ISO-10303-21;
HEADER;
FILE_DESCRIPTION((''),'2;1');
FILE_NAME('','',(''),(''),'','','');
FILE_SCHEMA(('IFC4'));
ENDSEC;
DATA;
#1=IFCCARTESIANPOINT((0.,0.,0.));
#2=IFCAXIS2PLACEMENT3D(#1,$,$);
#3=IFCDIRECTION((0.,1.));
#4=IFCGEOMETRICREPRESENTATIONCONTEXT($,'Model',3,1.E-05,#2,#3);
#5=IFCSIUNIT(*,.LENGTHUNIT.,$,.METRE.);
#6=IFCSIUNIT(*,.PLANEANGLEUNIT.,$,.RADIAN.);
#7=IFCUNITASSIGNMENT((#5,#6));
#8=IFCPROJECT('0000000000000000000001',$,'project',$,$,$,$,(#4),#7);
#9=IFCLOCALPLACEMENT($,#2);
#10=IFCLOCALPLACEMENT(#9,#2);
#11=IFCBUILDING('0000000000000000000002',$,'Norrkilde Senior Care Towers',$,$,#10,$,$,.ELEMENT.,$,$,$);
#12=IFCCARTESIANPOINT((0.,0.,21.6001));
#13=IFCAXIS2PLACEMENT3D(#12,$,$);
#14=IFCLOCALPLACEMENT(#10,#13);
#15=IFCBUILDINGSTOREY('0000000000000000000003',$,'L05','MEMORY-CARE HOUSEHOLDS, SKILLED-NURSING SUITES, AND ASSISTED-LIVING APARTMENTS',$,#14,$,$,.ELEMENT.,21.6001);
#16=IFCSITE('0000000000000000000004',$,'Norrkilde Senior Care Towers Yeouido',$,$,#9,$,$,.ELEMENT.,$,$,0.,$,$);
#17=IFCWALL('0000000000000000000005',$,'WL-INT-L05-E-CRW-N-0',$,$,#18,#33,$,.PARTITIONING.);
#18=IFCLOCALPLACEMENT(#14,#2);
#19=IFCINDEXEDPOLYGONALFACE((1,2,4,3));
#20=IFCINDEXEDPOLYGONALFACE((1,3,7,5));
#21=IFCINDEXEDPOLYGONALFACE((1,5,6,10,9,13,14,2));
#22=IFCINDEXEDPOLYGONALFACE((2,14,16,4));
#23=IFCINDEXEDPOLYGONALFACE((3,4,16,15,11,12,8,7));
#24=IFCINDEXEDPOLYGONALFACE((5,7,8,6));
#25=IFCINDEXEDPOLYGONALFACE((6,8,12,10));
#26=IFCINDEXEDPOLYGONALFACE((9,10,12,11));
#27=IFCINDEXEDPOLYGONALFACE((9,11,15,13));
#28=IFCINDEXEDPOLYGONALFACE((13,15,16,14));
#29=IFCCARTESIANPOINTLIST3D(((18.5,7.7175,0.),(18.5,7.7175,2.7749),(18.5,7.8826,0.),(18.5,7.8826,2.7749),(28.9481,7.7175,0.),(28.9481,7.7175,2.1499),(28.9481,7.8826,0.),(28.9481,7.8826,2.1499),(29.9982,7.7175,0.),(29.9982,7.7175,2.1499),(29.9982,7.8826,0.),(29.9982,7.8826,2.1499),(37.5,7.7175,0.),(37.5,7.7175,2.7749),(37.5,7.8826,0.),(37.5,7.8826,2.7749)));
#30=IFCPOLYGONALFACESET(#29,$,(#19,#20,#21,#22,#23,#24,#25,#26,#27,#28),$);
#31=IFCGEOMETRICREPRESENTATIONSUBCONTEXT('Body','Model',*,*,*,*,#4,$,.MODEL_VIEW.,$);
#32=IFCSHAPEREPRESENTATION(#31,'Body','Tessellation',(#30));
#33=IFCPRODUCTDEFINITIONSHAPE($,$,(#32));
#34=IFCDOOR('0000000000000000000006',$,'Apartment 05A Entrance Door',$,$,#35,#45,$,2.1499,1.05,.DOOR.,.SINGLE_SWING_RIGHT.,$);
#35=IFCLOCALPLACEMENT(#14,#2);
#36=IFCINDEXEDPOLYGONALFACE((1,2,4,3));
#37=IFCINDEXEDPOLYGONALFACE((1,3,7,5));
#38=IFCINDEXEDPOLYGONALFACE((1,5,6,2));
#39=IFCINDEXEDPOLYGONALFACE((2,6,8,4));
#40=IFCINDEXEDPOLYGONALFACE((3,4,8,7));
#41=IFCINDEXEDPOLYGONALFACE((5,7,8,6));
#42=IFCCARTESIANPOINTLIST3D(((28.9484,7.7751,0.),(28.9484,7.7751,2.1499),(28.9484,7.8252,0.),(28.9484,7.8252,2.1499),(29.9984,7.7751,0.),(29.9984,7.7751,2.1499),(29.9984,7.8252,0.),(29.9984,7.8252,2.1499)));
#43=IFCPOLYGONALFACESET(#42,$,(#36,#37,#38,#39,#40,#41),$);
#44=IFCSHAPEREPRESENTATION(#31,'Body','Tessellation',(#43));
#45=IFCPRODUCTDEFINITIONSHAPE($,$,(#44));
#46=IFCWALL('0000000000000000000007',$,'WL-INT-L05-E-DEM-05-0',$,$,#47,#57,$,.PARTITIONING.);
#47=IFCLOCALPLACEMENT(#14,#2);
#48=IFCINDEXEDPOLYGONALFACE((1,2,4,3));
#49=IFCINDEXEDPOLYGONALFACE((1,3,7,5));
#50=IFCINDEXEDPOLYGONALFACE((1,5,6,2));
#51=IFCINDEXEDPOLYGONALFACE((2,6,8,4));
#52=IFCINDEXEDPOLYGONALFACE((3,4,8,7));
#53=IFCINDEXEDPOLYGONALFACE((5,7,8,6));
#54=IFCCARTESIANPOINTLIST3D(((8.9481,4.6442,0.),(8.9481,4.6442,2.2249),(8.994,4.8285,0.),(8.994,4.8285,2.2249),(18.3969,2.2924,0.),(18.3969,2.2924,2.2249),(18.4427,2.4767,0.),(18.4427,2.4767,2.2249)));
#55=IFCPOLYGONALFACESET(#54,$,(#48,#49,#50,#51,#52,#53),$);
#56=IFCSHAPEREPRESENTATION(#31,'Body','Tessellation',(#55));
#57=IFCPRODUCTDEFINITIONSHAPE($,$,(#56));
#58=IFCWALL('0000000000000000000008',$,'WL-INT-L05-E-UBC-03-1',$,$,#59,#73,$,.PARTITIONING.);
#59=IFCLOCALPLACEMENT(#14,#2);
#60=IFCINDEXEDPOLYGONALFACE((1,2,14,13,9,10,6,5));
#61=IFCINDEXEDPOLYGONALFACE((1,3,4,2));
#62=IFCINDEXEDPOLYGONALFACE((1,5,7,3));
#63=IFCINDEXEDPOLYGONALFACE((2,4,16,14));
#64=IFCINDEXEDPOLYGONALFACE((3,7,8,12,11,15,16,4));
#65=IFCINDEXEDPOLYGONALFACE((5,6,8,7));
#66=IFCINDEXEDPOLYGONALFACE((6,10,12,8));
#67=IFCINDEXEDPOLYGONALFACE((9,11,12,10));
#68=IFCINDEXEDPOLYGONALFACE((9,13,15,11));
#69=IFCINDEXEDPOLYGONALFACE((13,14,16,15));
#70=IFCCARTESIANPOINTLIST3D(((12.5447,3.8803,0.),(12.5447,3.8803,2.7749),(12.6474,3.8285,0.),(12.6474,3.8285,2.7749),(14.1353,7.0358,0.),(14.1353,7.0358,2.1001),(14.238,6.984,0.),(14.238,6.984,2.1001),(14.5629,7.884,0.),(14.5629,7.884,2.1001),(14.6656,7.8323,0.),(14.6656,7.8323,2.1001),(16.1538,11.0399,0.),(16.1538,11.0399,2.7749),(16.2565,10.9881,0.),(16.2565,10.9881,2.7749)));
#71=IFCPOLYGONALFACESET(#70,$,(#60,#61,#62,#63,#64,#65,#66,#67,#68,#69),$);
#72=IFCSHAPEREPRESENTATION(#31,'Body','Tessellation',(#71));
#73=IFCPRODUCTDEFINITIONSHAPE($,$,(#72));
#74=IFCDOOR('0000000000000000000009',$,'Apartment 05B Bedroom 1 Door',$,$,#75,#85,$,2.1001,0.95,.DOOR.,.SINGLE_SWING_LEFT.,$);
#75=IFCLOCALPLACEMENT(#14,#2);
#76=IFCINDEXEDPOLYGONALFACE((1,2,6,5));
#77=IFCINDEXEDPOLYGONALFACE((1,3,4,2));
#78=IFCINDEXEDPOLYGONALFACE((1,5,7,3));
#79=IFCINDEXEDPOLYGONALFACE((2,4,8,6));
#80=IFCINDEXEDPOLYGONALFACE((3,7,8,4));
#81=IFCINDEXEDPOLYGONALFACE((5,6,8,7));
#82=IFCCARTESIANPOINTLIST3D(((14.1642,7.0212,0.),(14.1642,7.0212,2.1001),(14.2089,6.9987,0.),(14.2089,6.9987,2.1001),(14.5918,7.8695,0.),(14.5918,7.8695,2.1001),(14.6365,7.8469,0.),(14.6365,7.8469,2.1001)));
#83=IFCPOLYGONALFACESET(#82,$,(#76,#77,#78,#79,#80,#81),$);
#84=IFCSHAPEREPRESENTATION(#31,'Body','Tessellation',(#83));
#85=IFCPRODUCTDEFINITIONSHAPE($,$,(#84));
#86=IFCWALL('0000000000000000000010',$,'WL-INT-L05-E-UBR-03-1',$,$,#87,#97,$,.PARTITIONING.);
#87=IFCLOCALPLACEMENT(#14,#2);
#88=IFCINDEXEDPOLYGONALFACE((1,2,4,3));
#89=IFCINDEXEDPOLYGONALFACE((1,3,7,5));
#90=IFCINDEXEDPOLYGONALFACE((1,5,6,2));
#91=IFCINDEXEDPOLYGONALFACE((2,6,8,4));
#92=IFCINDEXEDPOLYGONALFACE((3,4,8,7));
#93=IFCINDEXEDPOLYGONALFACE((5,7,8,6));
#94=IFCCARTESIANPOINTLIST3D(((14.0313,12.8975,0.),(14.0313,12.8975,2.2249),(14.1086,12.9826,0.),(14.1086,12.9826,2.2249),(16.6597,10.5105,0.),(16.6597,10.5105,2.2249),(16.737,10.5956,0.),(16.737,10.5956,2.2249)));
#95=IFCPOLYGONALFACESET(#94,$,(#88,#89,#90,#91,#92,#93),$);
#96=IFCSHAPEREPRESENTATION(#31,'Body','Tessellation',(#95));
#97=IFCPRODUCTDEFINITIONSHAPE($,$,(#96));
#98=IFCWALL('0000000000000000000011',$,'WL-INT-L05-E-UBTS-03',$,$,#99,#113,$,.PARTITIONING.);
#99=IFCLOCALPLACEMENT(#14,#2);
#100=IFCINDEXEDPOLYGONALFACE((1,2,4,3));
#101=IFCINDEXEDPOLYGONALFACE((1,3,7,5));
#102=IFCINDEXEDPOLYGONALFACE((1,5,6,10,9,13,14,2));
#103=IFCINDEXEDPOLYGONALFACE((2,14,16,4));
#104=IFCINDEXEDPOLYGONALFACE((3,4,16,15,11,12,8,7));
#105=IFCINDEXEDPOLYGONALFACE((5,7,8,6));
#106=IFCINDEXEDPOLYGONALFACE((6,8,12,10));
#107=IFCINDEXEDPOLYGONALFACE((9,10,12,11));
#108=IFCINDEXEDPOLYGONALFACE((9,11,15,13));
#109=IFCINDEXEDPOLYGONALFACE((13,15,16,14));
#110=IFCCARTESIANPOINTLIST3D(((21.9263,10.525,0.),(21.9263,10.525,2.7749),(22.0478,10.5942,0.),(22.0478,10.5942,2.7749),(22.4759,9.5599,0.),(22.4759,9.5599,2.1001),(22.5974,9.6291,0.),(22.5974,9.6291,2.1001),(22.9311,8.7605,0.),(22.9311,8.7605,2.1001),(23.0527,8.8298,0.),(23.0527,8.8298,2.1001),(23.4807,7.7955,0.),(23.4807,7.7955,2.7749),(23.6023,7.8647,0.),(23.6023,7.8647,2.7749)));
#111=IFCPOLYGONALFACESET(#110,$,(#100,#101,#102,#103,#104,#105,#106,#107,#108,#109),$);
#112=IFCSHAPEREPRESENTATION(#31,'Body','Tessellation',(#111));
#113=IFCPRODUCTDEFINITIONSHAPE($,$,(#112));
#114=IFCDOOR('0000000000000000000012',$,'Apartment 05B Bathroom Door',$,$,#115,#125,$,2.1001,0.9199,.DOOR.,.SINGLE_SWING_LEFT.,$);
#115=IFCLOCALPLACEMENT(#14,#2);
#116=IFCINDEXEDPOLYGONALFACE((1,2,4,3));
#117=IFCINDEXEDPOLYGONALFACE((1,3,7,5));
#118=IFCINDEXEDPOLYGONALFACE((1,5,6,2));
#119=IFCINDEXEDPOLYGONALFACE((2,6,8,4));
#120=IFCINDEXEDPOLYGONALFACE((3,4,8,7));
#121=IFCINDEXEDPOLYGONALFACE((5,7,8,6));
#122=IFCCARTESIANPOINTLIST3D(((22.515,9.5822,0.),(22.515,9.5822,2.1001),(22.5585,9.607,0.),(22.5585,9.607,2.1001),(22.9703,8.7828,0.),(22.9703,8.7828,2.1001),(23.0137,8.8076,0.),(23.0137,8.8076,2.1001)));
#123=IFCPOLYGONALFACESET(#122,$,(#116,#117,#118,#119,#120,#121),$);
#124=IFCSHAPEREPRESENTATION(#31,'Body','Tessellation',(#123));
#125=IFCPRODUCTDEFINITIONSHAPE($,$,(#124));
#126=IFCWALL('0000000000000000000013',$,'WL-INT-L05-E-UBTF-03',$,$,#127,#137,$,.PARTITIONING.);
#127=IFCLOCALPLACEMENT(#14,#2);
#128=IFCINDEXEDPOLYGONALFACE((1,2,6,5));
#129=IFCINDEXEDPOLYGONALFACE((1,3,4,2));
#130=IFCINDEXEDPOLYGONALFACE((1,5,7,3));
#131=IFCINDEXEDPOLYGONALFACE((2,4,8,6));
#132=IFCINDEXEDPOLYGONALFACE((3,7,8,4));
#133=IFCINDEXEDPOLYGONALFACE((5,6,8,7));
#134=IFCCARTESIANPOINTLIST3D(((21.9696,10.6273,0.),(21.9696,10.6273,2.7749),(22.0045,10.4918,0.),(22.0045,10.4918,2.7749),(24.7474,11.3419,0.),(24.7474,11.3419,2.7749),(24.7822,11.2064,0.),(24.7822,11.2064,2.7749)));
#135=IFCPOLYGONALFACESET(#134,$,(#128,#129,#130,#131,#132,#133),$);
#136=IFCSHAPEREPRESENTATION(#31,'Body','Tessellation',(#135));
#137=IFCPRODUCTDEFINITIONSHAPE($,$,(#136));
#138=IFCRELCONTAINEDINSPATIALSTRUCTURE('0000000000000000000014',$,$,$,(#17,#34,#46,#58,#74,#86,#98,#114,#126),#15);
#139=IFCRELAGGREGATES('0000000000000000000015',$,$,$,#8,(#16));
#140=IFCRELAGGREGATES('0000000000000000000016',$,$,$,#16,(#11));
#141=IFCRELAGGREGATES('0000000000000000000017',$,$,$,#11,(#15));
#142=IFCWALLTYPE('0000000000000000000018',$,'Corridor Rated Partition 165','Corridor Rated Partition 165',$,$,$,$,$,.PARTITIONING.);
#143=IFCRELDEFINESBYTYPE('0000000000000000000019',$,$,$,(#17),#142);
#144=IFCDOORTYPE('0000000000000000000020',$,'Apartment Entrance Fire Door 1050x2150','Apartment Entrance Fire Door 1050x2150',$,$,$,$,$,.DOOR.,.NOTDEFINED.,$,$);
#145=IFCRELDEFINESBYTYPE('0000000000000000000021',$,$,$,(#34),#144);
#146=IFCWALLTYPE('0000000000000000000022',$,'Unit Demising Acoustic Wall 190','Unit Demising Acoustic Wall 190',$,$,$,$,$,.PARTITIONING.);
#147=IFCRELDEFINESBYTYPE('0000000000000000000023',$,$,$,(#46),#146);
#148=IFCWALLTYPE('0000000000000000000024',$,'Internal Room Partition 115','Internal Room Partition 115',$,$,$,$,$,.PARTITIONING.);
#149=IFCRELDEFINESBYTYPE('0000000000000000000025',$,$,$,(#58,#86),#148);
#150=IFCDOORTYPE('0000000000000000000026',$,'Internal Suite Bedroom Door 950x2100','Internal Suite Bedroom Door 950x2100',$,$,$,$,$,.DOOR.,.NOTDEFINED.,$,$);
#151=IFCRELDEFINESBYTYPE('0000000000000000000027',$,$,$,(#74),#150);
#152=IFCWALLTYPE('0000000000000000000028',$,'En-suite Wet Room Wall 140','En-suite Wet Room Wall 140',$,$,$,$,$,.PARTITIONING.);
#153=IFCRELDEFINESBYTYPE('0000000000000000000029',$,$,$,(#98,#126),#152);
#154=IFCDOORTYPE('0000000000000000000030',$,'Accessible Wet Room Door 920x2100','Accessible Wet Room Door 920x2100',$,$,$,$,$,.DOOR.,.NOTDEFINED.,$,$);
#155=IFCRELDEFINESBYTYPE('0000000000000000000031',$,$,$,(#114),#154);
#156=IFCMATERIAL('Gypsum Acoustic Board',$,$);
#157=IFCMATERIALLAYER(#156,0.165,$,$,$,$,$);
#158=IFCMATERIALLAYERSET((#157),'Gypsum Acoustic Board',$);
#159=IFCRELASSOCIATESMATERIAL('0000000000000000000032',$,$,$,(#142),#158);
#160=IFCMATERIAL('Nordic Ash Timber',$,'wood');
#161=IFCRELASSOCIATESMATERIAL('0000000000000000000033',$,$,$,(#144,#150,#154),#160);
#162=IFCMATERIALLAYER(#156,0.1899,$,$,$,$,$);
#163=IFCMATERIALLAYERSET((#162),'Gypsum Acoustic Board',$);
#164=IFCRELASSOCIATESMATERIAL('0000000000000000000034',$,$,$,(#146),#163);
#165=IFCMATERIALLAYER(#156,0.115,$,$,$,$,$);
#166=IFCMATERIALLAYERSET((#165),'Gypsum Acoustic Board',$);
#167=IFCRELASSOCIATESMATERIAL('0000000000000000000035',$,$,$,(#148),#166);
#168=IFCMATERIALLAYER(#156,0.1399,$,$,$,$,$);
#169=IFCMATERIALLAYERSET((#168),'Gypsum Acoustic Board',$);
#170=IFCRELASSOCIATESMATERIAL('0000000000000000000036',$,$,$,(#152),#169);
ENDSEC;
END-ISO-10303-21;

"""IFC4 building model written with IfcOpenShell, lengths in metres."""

from ifc_helpers import new_model, si_unit, direction, frame, frame_2d, origin, place, context, subcontext, project, spatial, rectangle, extrude, source, transform, mapped, material, layer, layer_set, type_object, type_shapes, element, fill, save


model = new_model("IFC4")

# Units and contexts
model_context = context("Model", 3, precision=1e-05, world=origin(), true_north=direction((0.0, 1.0)))
body_context = subcontext(model_context, "Body", "Model", "MODEL_VIEW")
ifc_project = project(units=[si_unit("LENGTHUNIT", "METRE"), si_unit("PLANEANGLEUNIT", "RADIAN")], contexts=[model_context])

# Site, building, storey
site_placement = place(None, origin())
site = spatial("IfcSite", under=ifc_project, at=site_placement, Name="Norrkilde Senior Care Towers Yeouido", CompositionType="ELEMENT", RefElevation=0.0)
building_placement = place(site_placement, origin())
building = spatial("IfcBuilding", under=site, at=building_placement, Name="Norrkilde Senior Care Towers", CompositionType="ELEMENT")
storey_placement = place(building_placement, frame((0.0, 0.0, 21.6001)))
storey = spatial("IfcBuildingStorey", under=building, at=storey_placement, Name="L05", Description="MEMORY-CARE HOUSEHOLDS, SKILLED-NURSING SUITES, AND ASSISTED-LIVING APARTMENTS", CompositionType="ELEMENT", Elevation=21.6001)

# Wall, opening, door
ifc_material_1 = material(Name="Gypsum Acoustic Board")
ifc_layer_1 = layer(ifc_material_1, 0.165)
ifc_layer_set_1 = layer_set([ifc_layer_1], Name="Gypsum Acoustic Board")
wall_type_1 = type_object("IfcWallType", Name="Corridor Rated Partition 165", Description="Corridor Rated Partition 165", PredefinedType="PARTITIONING", material=ifc_layer_set_1)
shared_shape_1 = source(origin(), body_context, "Body", "SweptSolid", [
    extrude(rectangle(XDim=19.0, YDim=0.165, at=frame_2d((9.5, 0.0))), origin(), (0.0, 0.0, 1.0), 2.7749),
])
type_shapes(wall_type_1, [shared_shape_1])
wall_1_placement = place(storey_placement, frame((18.5, 7.8, 0.0), z_axis=(0.0, 0.0, 1.0), x_axis=(1.0, 0.0, 0.0)))
wall_1 = element("IfcWall", 1, at=wall_1_placement, inside=storey, type_object=wall_type_1, Name="WL-INT-L05-E-CRW-N-0", PredefinedType="PARTITIONING", context=body_context, shape_type="MappedRepresentation", body=[
    mapped(shared_shape_1, transform((0.0, 0.0, 0.0), x_axis=(1.0, 0.0, 0.0), y_axis=(0.0, 1.0, 0.0), z_axis=(0.0, 0.0, 1.0), scale=1.0)),
])
opening_1_placement = place(wall_1_placement, frame((10.4482, 0.0, 0.0)))
opening_1 = element("IfcOpeningElement", 2, at=opening_1_placement, cuts=wall_1, PredefinedType="OPENING", context=body_context, shape_type="SweptSolid", body=[
    extrude(rectangle(XDim=1.05, YDim=2.1499, at=frame_2d((0.5249, 1.075))), frame((0.0, 0.0925, 0.0), z_axis=(0.0, -1.0, 0.0), x_axis=(1.0, 0.0, 0.0)), (0.0, 0.0, 1.0), 0.1851),
])
ifc_material_2 = material(Name="Nordic Ash Timber", Category="wood")
door_type_1 = type_object("IfcDoorType", Name="Apartment Entrance Fire Door 1050x2150", Description="Apartment Entrance Fire Door 1050x2150", OperationType="NOTDEFINED", PredefinedType="DOOR", material=ifc_material_2)
shared_shape_2 = source(origin(), body_context, "Body", "SweptSolid", [
    extrude(rectangle(XDim=1.05, YDim=2.1499, at=frame_2d((0.5249, 1.075))), frame((0.0, 0.0249, 0.0), z_axis=(0.0, -1.0, 0.0), x_axis=(1.0, 0.0, 0.0)), (0.0, 0.0, 1.0), 0.05),
])
type_shapes(door_type_1, [shared_shape_2])
door_1_placement = place(opening_1_placement, frame((1.05, 0.0, 0.0), z_axis=(0.0, 0.0, 1.0), x_axis=(-1.0, 0.0, 0.0)))
door_1 = element("IfcDoor", 3, at=door_1_placement, inside=storey, type_object=door_type_1, Name="Apartment 05A Entrance Door", OperationType="SINGLE_SWING_RIGHT", OverallHeight=2.1499, OverallWidth=1.05, PredefinedType="DOOR", context=body_context, shape_type="MappedRepresentation", body=[
    mapped(shared_shape_2, transform((0.0, 0.0, 0.0), x_axis=(1.0, 0.0, 0.0), y_axis=(0.0, 1.0, 0.0), z_axis=(0.0, 0.0, 1.0), scale=1.0)),
])
fill(opening_1, door_1)

# Wall
ifc_layer_2 = layer(ifc_material_1, 0.1899)
ifc_layer_set_2 = layer_set([ifc_layer_2], Name="Gypsum Acoustic Board")
wall_type_2 = type_object("IfcWallType", Name="Unit Demising Acoustic Wall 190", Description="Unit Demising Acoustic Wall 190", PredefinedType="PARTITIONING", material=ifc_layer_set_2)
shared_shape_3 = source(origin(), body_context, "Body", "SweptSolid", [
    extrude(rectangle(XDim=9.7371, YDim=0.1899, at=frame_2d((4.8687, 0.0))), origin(), (0.0, 0.0, 1.0), 2.2249),
])
type_shapes(wall_type_2, [shared_shape_3])
wall_2_placement = place(storey_placement, frame((18.4199, 2.3845, 0.0), z_axis=(0.0, 0.0, 1.0), x_axis=(-0.970393, 0.241533, 0.0)))
element("IfcWall", 4, at=wall_2_placement, inside=storey, type_object=wall_type_2, Name="WL-INT-L05-E-DEM-05-0", PredefinedType="PARTITIONING", context=body_context, shape_type="MappedRepresentation", body=[
    mapped(shared_shape_3, transform((0.0, 0.0, 0.0), x_axis=(1.0, 0.0, 0.0), y_axis=(0.0, 1.0, 0.0), z_axis=(0.0, 0.0, 1.0), scale=1.0)),
])

# Wall, opening, door
ifc_layer_3 = layer(ifc_material_1, 0.115)
ifc_layer_set_3 = layer_set([ifc_layer_3], Name="Gypsum Acoustic Board")
wall_type_3 = type_object("IfcWallType", Name="Internal Room Partition 115", Description="Internal Room Partition 115", PredefinedType="PARTITIONING", material=ifc_layer_set_3)
shared_shape_4 = source(origin(), body_context, "Body", "SweptSolid", [
    extrude(rectangle(XDim=8.0178, YDim=0.115, at=frame_2d((4.0088, 0.0))), origin(), (0.0, 0.0, 1.0), 2.7749),
])
wall_3_placement = place(storey_placement, frame((16.2051, 11.0139, 0.0), z_axis=(0.0, 0.0, 1.0), x_axis=(-0.450134, -0.892961, 0.0)))
wall_3 = element("IfcWall", 5, at=wall_3_placement, inside=storey, type_object=wall_type_3, Name="WL-INT-L05-E-UBC-03-1", PredefinedType="PARTITIONING", context=body_context, shape_type="MappedRepresentation", body=[
    mapped(shared_shape_4, transform((0.0, 0.0, 0.0), x_axis=(1.0, 0.0, 0.0), y_axis=(0.0, 1.0, 0.0), z_axis=(0.0, 0.0, 1.0), scale=1.0)),
])
opening_2_placement = place(wall_3_placement, frame((3.5339, 0.0, 0.0)))
opening_2 = element("IfcOpeningElement", 6, at=opening_2_placement, cuts=wall_3, PredefinedType="OPENING", context=body_context, shape_type="SweptSolid", body=[
    extrude(rectangle(XDim=0.95, YDim=2.1001, at=frame_2d((0.4751, 1.05))), frame((0.0, 0.0674, 0.0), z_axis=(0.0, -1.0, 0.0), x_axis=(1.0, 0.0, 0.0)), (0.0, 0.0, 1.0), 0.135),
])
door_type_2 = type_object("IfcDoorType", Name="Internal Suite Bedroom Door 950x2100", Description="Internal Suite Bedroom Door 950x2100", OperationType="NOTDEFINED", PredefinedType="DOOR", material=ifc_material_2)
shared_shape_5 = source(origin(), body_context, "Body", "SweptSolid", [
    extrude(rectangle(XDim=0.95, YDim=2.1001, at=frame_2d((0.4751, 1.05))), frame((0.0, 0.0249, 0.0), z_axis=(0.0, -1.0, 0.0), x_axis=(1.0, 0.0, 0.0)), (0.0, 0.0, 1.0), 0.05),
])
type_shapes(door_type_2, [shared_shape_5])
door_2_placement = place(opening_2_placement, origin())
door_2 = element("IfcDoor", 7, at=door_2_placement, inside=storey, type_object=door_type_2, Name="Apartment 05B Bedroom 1 Door", OperationType="SINGLE_SWING_LEFT", OverallHeight=2.1001, OverallWidth=0.95, PredefinedType="DOOR", context=body_context, shape_type="MappedRepresentation", body=[
    mapped(shared_shape_5, transform((0.0, 0.0, 0.0), x_axis=(1.0, 0.0, 0.0), y_axis=(0.0, 1.0, 0.0), z_axis=(0.0, 0.0, 1.0), scale=1.0)),
])
fill(opening_2, door_2)

# Wall
shared_shape_6 = source(origin(), body_context, "Body", "SweptSolid", [
    extrude(rectangle(XDim=3.5505, YDim=0.115, at=frame_2d((1.7754, 0.0))), origin(), (0.0, 0.0, 1.0), 2.2249),
])
type_shapes(wall_type_3, [shared_shape_4, shared_shape_6])
wall_4_placement = place(storey_placement, frame((16.6985, 10.553, 0.0), z_axis=(0.0, 0.0, 1.0), x_axis=(-0.740292, 0.672286, 0.0)))
element("IfcWall", 8, at=wall_4_placement, inside=storey, type_object=wall_type_3, Name="WL-INT-L05-E-UBR-03-1", PredefinedType="PARTITIONING", context=body_context, shape_type="MappedRepresentation", body=[
    mapped(shared_shape_6, transform((0.0, 0.0, 0.0), x_axis=(1.0, 0.0, 0.0), y_axis=(0.0, 1.0, 0.0), z_axis=(0.0, 0.0, 1.0), scale=1.0)),
])

# Wall, opening, door
ifc_layer_4 = layer(ifc_material_1, 0.1399)
ifc_layer_set_4 = layer_set([ifc_layer_4], Name="Gypsum Acoustic Board")
wall_type_4 = type_object("IfcWallType", Name="En-suite Wet Room Wall 140", Description="En-suite Wet Room Wall 140", PredefinedType="PARTITIONING", material=ifc_layer_set_4)
shared_shape_7 = source(origin(), body_context, "Body", "SweptSolid", [
    extrude(rectangle(XDim=3.1411, YDim=0.1399, at=frame_2d((1.5706, 0.0))), origin(), (0.0, 0.0, 1.0), 2.7749),
])
wall_5_placement = place(storey_placement, frame((23.5415, 7.8301, 0.0), z_axis=(0.0, 0.0, 1.0), x_axis=(-0.494874, 0.868964, 0.0)))
wall_5 = element("IfcWall", 9, at=wall_5_placement, inside=storey, type_object=wall_type_4, Name="WL-INT-L05-E-UBTS-03", PredefinedType="PARTITIONING", context=body_context, shape_type="MappedRepresentation", body=[
    mapped(shared_shape_7, transform((0.0, 0.0, 0.0), x_axis=(1.0, 0.0, 0.0), y_axis=(0.0, 1.0, 0.0), z_axis=(0.0, 0.0, 1.0), scale=1.0)),
])
opening_3_placement = place(wall_5_placement, frame((1.1106, 0.0, 0.0)))
opening_3 = element("IfcOpeningElement", 10, at=opening_3_placement, cuts=wall_5, PredefinedType="OPENING", context=body_context, shape_type="SweptSolid", body=[
    extrude(rectangle(XDim=0.9199, YDim=2.1001, at=frame_2d((0.46, 1.05))), frame((0.0, 0.0798, 0.0), z_axis=(0.0, -1.0, 0.0), x_axis=(1.0, 0.0, 0.0)), (0.0, 0.0, 1.0), 0.1599),
])
door_type_3 = type_object("IfcDoorType", Name="Accessible Wet Room Door 920x2100", Description="Accessible Wet Room Door 920x2100", OperationType="NOTDEFINED", PredefinedType="DOOR", material=ifc_material_2)
shared_shape_8 = source(origin(), body_context, "Body", "SweptSolid", [
    extrude(rectangle(XDim=0.9199, YDim=2.1001, at=frame_2d((0.46, 1.05))), frame((0.0, 0.0249, 0.0), z_axis=(0.0, -1.0, 0.0), x_axis=(1.0, 0.0, 0.0)), (0.0, 0.0, 1.0), 0.05),
])
type_shapes(door_type_3, [shared_shape_8])
door_3_placement = place(opening_3_placement, origin())
door_3 = element("IfcDoor", 11, at=door_3_placement, inside=storey, type_object=door_type_3, Name="Apartment 05B Bathroom Door", OperationType="SINGLE_SWING_LEFT", OverallHeight=2.1001, OverallWidth=0.9199, PredefinedType="DOOR", context=body_context, shape_type="MappedRepresentation", body=[
    mapped(shared_shape_8, transform((0.0, 0.0, 0.0), x_axis=(1.0, 0.0, 0.0), y_axis=(0.0, 1.0, 0.0), z_axis=(0.0, 0.0, 1.0), scale=1.0)),
])
fill(opening_3, door_3)

# Wall
shared_shape_9 = source(origin(), body_context, "Body", "SweptSolid", [
    extrude(rectangle(XDim=2.8682, YDim=0.1399, at=frame_2d((1.4341, 0.0))), origin(), (0.0, 0.0, 1.0), 2.7749),
])
wall_6_placement = place(storey_placement, frame((21.9871, 10.5596, 0.0), z_axis=(0.0, 0.0, 1.0), x_axis=(0.968468, 0.249139, 0.0)))
element("IfcWall", 12, at=wall_6_placement, inside=storey, type_object=wall_type_4, Name="WL-INT-L05-E-UBTF-03", PredefinedType="PARTITIONING", context=body_context, shape_type="MappedRepresentation", body=[
    mapped(shared_shape_9, transform((0.0, 0.0, 0.0), x_axis=(1.0, 0.0, 0.0), y_axis=(0.0, 1.0, 0.0), z_axis=(0.0, 0.0, 1.0), scale=1.0)),
])

save(model, "model.ifc")
